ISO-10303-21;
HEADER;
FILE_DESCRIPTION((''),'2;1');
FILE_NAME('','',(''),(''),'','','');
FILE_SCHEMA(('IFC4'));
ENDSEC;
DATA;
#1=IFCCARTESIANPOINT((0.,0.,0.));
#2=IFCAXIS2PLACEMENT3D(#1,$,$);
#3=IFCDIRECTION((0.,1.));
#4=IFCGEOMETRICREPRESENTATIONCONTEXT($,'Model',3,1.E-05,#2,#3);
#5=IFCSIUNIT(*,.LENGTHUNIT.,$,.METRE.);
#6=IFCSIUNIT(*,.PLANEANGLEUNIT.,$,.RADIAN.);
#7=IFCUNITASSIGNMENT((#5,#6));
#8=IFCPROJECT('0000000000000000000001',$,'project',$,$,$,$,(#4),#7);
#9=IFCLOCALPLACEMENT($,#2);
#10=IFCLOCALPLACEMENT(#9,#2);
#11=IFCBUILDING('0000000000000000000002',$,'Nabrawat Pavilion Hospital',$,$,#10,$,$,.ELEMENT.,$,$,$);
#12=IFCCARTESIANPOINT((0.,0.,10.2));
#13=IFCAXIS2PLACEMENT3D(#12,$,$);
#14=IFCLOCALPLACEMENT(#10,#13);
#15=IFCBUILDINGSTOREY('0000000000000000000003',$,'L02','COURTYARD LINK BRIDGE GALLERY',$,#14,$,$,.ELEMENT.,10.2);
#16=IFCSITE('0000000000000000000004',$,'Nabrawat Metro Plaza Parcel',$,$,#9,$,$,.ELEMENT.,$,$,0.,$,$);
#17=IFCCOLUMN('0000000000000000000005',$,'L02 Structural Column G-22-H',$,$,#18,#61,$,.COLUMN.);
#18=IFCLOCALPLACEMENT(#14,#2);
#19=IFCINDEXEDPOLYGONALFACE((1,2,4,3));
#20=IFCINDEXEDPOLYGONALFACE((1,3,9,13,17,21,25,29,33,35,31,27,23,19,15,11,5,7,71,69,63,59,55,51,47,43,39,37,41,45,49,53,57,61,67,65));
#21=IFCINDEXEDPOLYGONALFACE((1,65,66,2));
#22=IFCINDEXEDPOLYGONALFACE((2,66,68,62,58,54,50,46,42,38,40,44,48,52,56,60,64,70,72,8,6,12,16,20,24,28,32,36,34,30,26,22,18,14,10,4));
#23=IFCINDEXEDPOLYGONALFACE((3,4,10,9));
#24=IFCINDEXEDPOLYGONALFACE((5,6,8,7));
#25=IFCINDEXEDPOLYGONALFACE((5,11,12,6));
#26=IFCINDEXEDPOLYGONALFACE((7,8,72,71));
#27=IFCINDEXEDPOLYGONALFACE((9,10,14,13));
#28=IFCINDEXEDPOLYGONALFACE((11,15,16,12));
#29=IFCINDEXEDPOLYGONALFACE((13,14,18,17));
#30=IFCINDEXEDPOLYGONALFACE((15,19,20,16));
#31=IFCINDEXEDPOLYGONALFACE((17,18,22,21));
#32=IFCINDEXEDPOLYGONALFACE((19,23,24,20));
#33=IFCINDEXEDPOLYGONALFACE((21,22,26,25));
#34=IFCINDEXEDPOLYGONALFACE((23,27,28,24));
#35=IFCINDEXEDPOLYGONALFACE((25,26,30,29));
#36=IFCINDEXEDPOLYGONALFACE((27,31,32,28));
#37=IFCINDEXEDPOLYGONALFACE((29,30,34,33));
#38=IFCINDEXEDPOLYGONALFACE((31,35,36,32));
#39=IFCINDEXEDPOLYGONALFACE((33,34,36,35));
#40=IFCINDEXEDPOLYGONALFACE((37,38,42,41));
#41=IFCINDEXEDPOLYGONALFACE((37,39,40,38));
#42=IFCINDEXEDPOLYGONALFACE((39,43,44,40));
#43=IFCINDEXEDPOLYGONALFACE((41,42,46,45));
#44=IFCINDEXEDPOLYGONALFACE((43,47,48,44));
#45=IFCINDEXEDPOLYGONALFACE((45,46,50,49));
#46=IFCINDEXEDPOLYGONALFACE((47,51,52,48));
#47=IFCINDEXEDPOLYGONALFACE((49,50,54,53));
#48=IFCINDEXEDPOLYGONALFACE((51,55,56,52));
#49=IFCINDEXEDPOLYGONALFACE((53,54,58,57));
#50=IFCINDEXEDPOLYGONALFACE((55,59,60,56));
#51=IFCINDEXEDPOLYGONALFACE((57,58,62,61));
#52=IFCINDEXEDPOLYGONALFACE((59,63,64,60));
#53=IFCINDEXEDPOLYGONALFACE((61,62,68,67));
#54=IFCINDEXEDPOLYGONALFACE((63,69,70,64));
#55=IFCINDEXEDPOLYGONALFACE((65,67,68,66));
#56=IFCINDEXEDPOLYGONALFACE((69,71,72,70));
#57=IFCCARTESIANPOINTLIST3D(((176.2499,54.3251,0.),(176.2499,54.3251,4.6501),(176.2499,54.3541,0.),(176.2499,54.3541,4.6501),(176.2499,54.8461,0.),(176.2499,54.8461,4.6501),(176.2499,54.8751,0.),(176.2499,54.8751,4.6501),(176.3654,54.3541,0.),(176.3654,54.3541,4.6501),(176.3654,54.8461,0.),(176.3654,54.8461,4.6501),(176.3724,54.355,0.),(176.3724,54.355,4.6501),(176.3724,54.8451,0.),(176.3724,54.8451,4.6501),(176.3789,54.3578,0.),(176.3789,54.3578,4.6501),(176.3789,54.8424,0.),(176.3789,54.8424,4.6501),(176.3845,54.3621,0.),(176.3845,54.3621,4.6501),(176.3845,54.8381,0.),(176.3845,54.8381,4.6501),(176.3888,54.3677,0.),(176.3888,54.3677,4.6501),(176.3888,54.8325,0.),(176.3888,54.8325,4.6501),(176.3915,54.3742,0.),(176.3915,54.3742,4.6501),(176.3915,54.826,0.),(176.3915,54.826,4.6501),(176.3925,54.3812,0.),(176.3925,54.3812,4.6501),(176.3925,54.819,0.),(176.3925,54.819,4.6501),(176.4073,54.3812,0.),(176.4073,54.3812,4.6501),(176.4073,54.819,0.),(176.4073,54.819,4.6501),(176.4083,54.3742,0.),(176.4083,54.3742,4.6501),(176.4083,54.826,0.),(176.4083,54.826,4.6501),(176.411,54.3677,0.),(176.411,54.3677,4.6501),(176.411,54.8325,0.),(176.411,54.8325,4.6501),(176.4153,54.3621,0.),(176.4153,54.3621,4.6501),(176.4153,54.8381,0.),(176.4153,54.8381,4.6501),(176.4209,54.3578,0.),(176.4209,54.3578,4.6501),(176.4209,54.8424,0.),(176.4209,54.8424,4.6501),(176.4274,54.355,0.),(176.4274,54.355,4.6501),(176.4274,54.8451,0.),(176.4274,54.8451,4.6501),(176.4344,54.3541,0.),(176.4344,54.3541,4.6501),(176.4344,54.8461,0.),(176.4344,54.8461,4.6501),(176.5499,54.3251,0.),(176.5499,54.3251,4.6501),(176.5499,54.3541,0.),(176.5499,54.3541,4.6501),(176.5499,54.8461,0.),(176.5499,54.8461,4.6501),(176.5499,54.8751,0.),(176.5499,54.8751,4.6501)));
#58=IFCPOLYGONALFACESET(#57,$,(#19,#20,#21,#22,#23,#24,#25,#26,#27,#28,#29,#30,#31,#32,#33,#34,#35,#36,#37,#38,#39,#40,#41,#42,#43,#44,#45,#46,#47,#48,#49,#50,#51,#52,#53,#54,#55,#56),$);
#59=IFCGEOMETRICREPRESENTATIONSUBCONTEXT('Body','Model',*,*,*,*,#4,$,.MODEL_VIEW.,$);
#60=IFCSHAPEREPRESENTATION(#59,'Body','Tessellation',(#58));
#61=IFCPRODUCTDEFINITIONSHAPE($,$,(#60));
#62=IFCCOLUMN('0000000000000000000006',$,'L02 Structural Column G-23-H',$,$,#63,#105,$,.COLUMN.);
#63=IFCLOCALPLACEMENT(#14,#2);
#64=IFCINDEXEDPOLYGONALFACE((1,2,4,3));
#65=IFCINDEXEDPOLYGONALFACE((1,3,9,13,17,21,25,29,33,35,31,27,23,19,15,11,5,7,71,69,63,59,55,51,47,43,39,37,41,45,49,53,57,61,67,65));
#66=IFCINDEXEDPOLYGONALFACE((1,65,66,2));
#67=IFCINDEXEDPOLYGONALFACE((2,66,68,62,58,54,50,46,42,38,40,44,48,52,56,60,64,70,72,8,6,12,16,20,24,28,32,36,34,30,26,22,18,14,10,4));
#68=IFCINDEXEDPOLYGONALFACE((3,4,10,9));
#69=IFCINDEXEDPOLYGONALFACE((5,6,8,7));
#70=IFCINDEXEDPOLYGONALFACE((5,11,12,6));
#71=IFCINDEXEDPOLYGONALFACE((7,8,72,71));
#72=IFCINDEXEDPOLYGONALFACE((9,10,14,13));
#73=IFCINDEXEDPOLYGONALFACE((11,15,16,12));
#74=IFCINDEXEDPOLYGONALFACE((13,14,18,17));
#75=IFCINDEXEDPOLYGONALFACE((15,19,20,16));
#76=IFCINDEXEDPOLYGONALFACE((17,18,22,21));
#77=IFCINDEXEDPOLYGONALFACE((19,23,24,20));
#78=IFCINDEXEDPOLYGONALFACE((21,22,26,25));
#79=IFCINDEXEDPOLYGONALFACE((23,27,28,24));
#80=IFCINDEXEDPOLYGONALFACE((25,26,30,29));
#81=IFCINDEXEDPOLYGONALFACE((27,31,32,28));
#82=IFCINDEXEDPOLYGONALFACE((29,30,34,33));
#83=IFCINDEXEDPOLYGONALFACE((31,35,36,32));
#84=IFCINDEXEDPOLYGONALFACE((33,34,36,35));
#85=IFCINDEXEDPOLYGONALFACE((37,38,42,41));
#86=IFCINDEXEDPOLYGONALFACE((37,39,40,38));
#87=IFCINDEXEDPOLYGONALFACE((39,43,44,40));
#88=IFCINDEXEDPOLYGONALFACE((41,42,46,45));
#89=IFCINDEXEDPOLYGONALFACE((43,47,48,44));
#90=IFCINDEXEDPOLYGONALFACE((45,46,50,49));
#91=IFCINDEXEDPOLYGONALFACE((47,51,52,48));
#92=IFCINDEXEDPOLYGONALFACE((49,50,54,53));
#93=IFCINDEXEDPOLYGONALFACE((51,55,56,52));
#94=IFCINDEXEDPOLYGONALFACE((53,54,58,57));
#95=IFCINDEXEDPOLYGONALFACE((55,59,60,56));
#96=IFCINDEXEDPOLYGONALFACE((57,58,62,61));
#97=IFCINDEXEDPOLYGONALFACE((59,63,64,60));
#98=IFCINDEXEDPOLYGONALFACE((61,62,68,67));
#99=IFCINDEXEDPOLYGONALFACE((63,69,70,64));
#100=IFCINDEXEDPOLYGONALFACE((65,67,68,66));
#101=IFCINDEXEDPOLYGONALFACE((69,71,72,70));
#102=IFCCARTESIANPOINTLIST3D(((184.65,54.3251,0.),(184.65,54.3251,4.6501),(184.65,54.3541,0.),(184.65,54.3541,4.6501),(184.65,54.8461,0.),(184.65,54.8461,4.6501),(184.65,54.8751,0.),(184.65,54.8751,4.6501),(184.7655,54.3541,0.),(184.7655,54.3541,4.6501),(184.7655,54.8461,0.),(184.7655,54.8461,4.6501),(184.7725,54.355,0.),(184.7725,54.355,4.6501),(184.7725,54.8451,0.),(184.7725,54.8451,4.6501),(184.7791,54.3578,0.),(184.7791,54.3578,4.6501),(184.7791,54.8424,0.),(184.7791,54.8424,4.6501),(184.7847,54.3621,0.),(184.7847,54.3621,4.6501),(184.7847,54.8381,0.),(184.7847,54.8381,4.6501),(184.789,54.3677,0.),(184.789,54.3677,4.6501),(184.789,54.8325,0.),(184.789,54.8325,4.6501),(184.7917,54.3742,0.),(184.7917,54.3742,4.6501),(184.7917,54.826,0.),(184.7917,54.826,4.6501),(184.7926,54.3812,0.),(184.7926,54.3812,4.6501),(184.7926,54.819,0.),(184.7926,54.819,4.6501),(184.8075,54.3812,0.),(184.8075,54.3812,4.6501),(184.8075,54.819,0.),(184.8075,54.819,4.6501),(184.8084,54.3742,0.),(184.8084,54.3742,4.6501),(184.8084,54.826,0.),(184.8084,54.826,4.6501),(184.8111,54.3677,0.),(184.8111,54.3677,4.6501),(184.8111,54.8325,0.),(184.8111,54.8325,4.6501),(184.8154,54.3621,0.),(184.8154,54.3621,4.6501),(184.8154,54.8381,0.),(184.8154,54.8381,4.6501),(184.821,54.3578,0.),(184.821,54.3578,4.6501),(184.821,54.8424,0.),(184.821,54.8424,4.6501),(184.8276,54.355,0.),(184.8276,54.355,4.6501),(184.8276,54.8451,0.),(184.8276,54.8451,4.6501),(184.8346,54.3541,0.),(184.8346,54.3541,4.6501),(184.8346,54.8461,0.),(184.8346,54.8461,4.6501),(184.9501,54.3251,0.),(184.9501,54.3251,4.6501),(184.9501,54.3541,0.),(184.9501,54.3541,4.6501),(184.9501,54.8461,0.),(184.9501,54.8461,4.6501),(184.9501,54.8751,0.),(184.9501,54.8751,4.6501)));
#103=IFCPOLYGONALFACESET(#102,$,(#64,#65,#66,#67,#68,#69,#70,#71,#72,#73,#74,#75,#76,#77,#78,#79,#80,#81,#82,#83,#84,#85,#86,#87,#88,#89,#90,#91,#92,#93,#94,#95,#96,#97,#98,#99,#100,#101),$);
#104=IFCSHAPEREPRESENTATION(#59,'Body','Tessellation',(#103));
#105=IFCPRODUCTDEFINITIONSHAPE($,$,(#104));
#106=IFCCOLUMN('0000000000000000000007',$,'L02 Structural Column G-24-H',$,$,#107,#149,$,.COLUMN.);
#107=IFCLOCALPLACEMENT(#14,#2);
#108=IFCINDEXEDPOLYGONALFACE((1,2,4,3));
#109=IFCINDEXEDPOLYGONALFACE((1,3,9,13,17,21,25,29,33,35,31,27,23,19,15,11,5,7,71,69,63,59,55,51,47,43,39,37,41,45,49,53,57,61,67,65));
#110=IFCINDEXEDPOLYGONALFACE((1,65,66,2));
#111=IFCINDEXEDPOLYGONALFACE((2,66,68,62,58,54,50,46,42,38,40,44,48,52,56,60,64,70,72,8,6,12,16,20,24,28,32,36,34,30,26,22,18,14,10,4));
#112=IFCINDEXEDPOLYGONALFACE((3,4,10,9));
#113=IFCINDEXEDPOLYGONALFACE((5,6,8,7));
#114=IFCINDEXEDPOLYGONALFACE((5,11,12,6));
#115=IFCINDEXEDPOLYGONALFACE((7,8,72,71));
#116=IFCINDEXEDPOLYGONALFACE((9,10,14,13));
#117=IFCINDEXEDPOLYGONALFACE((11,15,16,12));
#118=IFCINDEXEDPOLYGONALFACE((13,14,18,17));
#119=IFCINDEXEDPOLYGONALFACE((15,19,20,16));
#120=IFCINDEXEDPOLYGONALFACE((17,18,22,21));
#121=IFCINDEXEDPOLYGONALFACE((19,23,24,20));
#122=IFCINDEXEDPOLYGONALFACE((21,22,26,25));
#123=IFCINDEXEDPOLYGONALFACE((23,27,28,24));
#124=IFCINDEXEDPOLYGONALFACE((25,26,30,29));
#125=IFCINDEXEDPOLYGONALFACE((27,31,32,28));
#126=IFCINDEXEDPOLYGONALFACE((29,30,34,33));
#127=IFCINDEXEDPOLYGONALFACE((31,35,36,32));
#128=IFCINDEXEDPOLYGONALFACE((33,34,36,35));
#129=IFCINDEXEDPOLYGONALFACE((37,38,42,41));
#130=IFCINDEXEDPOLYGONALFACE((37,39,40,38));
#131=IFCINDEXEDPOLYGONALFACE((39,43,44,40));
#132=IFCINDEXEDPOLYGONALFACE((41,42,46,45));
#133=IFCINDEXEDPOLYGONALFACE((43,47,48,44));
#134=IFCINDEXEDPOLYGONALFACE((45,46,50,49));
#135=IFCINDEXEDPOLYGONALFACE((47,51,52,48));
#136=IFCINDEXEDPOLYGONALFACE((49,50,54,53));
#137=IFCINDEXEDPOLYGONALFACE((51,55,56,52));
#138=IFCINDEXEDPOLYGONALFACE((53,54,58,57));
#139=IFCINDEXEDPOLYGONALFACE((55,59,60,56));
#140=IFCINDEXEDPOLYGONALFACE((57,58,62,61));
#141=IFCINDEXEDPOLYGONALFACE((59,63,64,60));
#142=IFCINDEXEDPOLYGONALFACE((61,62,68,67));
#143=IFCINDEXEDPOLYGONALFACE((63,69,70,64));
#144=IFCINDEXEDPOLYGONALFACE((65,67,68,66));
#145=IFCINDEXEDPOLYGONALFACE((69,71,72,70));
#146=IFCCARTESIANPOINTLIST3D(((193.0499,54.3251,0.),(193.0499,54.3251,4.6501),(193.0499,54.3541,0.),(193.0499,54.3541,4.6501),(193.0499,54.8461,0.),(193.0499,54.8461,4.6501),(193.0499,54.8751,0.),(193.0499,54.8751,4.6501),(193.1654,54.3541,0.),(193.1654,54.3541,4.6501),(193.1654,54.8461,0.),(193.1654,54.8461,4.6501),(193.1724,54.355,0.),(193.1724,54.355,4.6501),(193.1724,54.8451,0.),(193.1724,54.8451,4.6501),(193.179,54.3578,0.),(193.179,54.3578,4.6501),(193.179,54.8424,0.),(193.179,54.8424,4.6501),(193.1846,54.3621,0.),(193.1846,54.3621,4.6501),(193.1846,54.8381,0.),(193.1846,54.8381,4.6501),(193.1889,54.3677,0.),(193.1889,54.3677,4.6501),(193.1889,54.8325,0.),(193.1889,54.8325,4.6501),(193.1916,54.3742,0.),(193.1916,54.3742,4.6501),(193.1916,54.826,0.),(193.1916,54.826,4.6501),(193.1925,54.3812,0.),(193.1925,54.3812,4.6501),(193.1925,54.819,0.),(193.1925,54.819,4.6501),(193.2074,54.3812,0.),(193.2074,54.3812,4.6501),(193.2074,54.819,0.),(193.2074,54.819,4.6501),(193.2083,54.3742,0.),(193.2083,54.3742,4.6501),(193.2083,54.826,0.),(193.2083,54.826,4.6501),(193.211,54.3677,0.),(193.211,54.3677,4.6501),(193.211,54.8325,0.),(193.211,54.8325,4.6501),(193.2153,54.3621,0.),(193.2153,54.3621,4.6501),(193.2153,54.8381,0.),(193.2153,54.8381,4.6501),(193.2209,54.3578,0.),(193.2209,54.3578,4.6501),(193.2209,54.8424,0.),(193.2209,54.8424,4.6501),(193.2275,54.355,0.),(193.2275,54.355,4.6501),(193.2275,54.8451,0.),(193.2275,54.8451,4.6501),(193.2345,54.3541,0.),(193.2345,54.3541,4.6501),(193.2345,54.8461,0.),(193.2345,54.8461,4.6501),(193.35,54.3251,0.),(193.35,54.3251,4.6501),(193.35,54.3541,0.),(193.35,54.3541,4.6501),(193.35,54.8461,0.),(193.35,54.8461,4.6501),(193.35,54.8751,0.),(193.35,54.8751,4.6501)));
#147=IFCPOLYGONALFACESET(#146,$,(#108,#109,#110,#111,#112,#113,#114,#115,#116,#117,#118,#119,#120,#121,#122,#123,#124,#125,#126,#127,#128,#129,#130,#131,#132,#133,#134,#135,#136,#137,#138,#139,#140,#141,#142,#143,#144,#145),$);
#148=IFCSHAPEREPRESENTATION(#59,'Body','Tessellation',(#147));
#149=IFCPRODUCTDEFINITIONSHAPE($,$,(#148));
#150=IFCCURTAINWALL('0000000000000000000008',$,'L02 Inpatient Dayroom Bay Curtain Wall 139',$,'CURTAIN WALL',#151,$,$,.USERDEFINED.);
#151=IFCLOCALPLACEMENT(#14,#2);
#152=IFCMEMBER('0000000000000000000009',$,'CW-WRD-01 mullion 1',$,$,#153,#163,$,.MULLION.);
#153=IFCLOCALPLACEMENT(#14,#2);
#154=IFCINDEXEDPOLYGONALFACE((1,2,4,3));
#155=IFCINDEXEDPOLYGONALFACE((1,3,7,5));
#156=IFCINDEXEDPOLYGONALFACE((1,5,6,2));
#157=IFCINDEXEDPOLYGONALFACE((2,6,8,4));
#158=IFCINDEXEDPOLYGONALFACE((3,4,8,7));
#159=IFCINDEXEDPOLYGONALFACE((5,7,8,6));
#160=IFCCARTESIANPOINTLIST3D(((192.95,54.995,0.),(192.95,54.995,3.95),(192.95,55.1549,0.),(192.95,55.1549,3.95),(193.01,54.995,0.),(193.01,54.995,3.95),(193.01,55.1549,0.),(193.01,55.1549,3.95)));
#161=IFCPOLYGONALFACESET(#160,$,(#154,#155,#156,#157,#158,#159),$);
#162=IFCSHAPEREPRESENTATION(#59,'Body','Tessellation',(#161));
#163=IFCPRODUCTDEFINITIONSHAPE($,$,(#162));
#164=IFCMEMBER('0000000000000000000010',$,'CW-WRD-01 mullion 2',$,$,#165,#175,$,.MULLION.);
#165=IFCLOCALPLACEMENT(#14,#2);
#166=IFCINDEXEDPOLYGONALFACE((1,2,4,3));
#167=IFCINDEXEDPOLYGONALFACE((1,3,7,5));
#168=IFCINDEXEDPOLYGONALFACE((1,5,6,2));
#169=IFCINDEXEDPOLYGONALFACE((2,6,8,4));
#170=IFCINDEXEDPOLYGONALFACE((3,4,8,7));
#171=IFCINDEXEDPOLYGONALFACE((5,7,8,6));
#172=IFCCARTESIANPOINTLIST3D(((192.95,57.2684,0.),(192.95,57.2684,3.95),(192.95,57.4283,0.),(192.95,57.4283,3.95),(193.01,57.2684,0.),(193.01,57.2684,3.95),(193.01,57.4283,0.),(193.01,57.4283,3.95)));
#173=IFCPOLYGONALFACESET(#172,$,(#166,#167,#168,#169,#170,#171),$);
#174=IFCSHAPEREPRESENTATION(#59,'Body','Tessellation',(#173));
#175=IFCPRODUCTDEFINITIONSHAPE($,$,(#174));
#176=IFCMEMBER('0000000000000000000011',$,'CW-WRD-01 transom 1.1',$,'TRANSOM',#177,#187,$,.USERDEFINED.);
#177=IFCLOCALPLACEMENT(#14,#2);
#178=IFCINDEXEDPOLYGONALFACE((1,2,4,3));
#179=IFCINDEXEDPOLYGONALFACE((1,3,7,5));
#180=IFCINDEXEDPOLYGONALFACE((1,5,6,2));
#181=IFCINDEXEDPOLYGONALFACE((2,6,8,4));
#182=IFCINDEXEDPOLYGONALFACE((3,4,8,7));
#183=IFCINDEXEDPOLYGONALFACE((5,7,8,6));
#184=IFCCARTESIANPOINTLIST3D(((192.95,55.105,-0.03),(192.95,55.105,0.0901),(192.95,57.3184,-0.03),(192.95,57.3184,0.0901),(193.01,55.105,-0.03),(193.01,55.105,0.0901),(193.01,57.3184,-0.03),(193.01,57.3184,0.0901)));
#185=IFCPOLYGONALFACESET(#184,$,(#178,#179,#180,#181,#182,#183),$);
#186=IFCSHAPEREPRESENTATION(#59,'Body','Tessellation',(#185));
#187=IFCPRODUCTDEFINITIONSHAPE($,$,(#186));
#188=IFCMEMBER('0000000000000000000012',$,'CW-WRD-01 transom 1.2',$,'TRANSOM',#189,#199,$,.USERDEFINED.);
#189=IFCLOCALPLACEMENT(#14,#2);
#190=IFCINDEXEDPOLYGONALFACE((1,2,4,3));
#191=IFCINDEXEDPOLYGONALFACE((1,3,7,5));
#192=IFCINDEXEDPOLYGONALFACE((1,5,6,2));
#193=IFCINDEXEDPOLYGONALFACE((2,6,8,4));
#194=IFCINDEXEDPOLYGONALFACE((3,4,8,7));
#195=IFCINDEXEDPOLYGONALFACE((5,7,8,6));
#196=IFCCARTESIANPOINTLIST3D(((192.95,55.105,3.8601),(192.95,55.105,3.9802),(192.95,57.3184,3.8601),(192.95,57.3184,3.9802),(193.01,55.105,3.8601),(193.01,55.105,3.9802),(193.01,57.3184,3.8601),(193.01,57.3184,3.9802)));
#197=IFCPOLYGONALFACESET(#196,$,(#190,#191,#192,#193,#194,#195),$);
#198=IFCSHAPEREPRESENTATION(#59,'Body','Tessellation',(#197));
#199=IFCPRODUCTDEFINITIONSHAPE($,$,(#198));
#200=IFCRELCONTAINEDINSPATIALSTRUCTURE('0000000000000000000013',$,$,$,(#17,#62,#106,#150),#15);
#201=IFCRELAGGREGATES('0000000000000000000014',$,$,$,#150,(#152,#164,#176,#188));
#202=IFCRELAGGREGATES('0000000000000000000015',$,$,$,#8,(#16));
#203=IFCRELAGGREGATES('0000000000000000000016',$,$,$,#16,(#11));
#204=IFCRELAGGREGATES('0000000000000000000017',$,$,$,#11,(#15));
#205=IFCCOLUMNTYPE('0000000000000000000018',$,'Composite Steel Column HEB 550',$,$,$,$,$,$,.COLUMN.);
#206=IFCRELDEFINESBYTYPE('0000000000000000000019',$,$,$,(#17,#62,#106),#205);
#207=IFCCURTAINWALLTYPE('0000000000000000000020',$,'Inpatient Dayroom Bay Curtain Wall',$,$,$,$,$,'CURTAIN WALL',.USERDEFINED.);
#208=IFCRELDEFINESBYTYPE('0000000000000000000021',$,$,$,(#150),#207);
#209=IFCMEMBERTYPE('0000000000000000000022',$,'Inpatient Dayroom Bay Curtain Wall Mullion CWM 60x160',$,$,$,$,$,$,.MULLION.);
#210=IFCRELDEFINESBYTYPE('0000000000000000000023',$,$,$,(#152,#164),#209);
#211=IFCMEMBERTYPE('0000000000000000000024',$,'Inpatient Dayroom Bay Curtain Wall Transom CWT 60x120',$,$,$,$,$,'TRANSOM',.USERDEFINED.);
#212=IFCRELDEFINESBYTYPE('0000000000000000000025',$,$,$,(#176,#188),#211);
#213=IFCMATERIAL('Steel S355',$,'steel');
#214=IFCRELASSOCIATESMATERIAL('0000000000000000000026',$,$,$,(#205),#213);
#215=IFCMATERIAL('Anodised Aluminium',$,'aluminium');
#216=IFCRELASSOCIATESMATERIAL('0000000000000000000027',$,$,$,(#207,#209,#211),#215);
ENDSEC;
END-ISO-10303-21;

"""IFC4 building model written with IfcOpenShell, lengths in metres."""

from ifc_helpers import new_model, si_unit, direction, frame, origin, origin_2d, place, context, subcontext, project, spatial, rectangle, i_section, extrude, material, material_profile, profile_set, type_object, element, aggregate, save


model = new_model("IFC4")

# Units and contexts
model_context = context("Model", 3, precision=1e-05, world=origin(), true_north=direction((0.0, 1.0)))
body_context = subcontext(model_context, "Body", "Model", "MODEL_VIEW")
ifc_project = project(units=[si_unit("LENGTHUNIT", "METRE"), si_unit("PLANEANGLEUNIT", "RADIAN")], contexts=[model_context])

# Site, building, storey
site_placement = place(None, origin())
site = spatial("IfcSite", under=ifc_project, at=site_placement, Name="Nabrawat Metro Plaza Parcel", CompositionType="ELEMENT", RefElevation=0.0)
building_placement = place(site_placement, origin())
building = spatial("IfcBuilding", under=site, at=building_placement, Name="Nabrawat Pavilion Hospital", CompositionType="ELEMENT")
storey_placement = place(building_placement, frame((0.0, 0.0, 10.2)))
storey = spatial("IfcBuildingStorey", under=building, at=storey_placement, Name="L02", Description="COURTYARD LINK BRIDGE GALLERY", CompositionType="ELEMENT", Elevation=10.2)

# Columns
ifc_material_1 = material(Name="Steel S355", Category="steel")
ifc_material_profile_1 = material_profile(ifc_material_1, i_section(OverallWidth=0.3, OverallDepth=0.55, WebThickness=0.0149, FlangeThickness=0.0291, FilletRadius=0.0271, at=origin_2d()), Name="HEB 550")
ifc_profile_set_1 = profile_set([ifc_material_profile_1], Name="Steel S355")
column_type = type_object("IfcColumnType", Name="Composite Steel Column HEB 550", PredefinedType="COLUMN", material=ifc_profile_set_1)
for number, where, z_axis, x_axis, name in (
    (1, (176.3999, 54.6001, 0.0), (0.0, 0.0, 1.0), (1.0, 0.0, 0.0), "L02 Structural Column G-22-H"),
    (2, (184.8, 54.6001, 0.0), (0.0, 0.0, 1.0), (1.0, 0.0, 0.0), "L02 Structural Column G-23-H"),
    (3, (193.2, 54.6001, 0.0), (0.0, 0.0, 1.0), (1.0, 0.0, 0.0), "L02 Structural Column G-24-H"),
):
    element("IfcColumn", number, at=place(storey_placement, frame(where, z_axis=z_axis, x_axis=x_axis)), inside=storey, type_object=column_type, Name=name, PredefinedType="COLUMN", context=body_context, shape_type="SweptSolid", body=[
        extrude(i_section(OverallWidth=0.3, OverallDepth=0.55, WebThickness=0.0149, FlangeThickness=0.0291, FilletRadius=0.0271, at=origin_2d()), origin(), (0.0, 0.0, 1.0), 4.6501),
    ])

# Curtain wall, members
ifc_material_2 = material(Name="Anodised Aluminium", Category="aluminium")
curtain_wall_type = type_object("IfcCurtainWallType", Name="Inpatient Dayroom Bay Curtain Wall", ElementType="CURTAIN WALL", PredefinedType="USERDEFINED", material=ifc_material_2)
curtain_wall_placement = place(storey_placement, origin())
curtain_wall = element("IfcCurtainWall", 4, at=curtain_wall_placement, inside=storey, type_object=curtain_wall_type, Name="L02 Inpatient Dayroom Bay Curtain Wall 139", ObjectType="CURTAIN WALL", PredefinedType="USERDEFINED")
ifc_material_profile_2 = material_profile(ifc_material_2, rectangle(XDim=0.0601, YDim=0.1599, at=origin_2d()), Name="CWM 60x160")
ifc_profile_set_2 = profile_set([ifc_material_profile_2], Name="Anodised Aluminium")
member_type_1 = type_object("IfcMemberType", Name="Inpatient Dayroom Bay Curtain Wall Mullion CWM 60x160", PredefinedType="MULLION", material=ifc_profile_set_2)
member_1_placement = place(storey_placement, frame((192.98, 55.075, 0.0), z_axis=(0.0, 0.0, 1.0), x_axis=(-1.0, 0.0, 0.0)))
member_1 = element("IfcMember", 5, at=member_1_placement, type_object=member_type_1, Name="CW-WRD-01 mullion 1", PredefinedType="MULLION", context=body_context, shape_type="SweptSolid", body=[
    extrude(rectangle(XDim=0.0601, YDim=0.1599, at=origin_2d()), origin(), (0.0, 0.0, 1.0), 3.95),
])
member_2_placement = place(storey_placement, frame((192.98, 57.3484, 0.0), z_axis=(0.0, 0.0, 1.0), x_axis=(-1.0, 0.0, 0.0)))
member_2 = element("IfcMember", 6, at=member_2_placement, type_object=member_type_1, Name="CW-WRD-01 mullion 2", PredefinedType="MULLION", context=body_context, shape_type="SweptSolid", body=[
    extrude(rectangle(XDim=0.0601, YDim=0.1599, at=origin_2d()), origin(), (0.0, 0.0, 1.0), 3.95),
])
ifc_material_profile_3 = material_profile(ifc_material_2, rectangle(XDim=0.0601, YDim=0.1201, at=origin_2d()), Name="CWT 60x120")
ifc_profile_set_3 = profile_set([ifc_material_profile_3], Name="Anodised Aluminium")
member_type_2 = type_object("IfcMemberType", Name="Inpatient Dayroom Bay Curtain Wall Transom CWT 60x120", ElementType="TRANSOM", PredefinedType="USERDEFINED", material=ifc_profile_set_3)
member_3_placement = place(storey_placement, frame((192.98, 55.105, 0.03), z_axis=(0.0, 1.0, 0.0), x_axis=(-1.0, 0.0, 0.0)))
member_3 = element("IfcMember", 7, at=member_3_placement, type_object=member_type_2, Name="CW-WRD-01 transom 1.1", ObjectType="TRANSOM", PredefinedType="USERDEFINED", context=body_context, shape_type="SweptSolid", body=[
    extrude(rectangle(XDim=0.0601, YDim=0.1201, at=origin_2d()), origin(), (0.0, 0.0, 1.0), 2.2134),
])
member_4_placement = place(storey_placement, frame((192.98, 55.105, 3.9202), z_axis=(0.0, 1.0, 0.0), x_axis=(-1.0, 0.0, 0.0)))
member_4 = element("IfcMember", 8, at=member_4_placement, type_object=member_type_2, Name="CW-WRD-01 transom 1.2", ObjectType="TRANSOM", PredefinedType="USERDEFINED", context=body_context, shape_type="SweptSolid", body=[
    extrude(rectangle(XDim=0.0601, YDim=0.1201, at=origin_2d()), origin(), (0.0, 0.0, 1.0), 2.2134),
])

aggregate(curtain_wall, [member_1, member_2, member_3, member_4])

save(model, "model.ifc")
